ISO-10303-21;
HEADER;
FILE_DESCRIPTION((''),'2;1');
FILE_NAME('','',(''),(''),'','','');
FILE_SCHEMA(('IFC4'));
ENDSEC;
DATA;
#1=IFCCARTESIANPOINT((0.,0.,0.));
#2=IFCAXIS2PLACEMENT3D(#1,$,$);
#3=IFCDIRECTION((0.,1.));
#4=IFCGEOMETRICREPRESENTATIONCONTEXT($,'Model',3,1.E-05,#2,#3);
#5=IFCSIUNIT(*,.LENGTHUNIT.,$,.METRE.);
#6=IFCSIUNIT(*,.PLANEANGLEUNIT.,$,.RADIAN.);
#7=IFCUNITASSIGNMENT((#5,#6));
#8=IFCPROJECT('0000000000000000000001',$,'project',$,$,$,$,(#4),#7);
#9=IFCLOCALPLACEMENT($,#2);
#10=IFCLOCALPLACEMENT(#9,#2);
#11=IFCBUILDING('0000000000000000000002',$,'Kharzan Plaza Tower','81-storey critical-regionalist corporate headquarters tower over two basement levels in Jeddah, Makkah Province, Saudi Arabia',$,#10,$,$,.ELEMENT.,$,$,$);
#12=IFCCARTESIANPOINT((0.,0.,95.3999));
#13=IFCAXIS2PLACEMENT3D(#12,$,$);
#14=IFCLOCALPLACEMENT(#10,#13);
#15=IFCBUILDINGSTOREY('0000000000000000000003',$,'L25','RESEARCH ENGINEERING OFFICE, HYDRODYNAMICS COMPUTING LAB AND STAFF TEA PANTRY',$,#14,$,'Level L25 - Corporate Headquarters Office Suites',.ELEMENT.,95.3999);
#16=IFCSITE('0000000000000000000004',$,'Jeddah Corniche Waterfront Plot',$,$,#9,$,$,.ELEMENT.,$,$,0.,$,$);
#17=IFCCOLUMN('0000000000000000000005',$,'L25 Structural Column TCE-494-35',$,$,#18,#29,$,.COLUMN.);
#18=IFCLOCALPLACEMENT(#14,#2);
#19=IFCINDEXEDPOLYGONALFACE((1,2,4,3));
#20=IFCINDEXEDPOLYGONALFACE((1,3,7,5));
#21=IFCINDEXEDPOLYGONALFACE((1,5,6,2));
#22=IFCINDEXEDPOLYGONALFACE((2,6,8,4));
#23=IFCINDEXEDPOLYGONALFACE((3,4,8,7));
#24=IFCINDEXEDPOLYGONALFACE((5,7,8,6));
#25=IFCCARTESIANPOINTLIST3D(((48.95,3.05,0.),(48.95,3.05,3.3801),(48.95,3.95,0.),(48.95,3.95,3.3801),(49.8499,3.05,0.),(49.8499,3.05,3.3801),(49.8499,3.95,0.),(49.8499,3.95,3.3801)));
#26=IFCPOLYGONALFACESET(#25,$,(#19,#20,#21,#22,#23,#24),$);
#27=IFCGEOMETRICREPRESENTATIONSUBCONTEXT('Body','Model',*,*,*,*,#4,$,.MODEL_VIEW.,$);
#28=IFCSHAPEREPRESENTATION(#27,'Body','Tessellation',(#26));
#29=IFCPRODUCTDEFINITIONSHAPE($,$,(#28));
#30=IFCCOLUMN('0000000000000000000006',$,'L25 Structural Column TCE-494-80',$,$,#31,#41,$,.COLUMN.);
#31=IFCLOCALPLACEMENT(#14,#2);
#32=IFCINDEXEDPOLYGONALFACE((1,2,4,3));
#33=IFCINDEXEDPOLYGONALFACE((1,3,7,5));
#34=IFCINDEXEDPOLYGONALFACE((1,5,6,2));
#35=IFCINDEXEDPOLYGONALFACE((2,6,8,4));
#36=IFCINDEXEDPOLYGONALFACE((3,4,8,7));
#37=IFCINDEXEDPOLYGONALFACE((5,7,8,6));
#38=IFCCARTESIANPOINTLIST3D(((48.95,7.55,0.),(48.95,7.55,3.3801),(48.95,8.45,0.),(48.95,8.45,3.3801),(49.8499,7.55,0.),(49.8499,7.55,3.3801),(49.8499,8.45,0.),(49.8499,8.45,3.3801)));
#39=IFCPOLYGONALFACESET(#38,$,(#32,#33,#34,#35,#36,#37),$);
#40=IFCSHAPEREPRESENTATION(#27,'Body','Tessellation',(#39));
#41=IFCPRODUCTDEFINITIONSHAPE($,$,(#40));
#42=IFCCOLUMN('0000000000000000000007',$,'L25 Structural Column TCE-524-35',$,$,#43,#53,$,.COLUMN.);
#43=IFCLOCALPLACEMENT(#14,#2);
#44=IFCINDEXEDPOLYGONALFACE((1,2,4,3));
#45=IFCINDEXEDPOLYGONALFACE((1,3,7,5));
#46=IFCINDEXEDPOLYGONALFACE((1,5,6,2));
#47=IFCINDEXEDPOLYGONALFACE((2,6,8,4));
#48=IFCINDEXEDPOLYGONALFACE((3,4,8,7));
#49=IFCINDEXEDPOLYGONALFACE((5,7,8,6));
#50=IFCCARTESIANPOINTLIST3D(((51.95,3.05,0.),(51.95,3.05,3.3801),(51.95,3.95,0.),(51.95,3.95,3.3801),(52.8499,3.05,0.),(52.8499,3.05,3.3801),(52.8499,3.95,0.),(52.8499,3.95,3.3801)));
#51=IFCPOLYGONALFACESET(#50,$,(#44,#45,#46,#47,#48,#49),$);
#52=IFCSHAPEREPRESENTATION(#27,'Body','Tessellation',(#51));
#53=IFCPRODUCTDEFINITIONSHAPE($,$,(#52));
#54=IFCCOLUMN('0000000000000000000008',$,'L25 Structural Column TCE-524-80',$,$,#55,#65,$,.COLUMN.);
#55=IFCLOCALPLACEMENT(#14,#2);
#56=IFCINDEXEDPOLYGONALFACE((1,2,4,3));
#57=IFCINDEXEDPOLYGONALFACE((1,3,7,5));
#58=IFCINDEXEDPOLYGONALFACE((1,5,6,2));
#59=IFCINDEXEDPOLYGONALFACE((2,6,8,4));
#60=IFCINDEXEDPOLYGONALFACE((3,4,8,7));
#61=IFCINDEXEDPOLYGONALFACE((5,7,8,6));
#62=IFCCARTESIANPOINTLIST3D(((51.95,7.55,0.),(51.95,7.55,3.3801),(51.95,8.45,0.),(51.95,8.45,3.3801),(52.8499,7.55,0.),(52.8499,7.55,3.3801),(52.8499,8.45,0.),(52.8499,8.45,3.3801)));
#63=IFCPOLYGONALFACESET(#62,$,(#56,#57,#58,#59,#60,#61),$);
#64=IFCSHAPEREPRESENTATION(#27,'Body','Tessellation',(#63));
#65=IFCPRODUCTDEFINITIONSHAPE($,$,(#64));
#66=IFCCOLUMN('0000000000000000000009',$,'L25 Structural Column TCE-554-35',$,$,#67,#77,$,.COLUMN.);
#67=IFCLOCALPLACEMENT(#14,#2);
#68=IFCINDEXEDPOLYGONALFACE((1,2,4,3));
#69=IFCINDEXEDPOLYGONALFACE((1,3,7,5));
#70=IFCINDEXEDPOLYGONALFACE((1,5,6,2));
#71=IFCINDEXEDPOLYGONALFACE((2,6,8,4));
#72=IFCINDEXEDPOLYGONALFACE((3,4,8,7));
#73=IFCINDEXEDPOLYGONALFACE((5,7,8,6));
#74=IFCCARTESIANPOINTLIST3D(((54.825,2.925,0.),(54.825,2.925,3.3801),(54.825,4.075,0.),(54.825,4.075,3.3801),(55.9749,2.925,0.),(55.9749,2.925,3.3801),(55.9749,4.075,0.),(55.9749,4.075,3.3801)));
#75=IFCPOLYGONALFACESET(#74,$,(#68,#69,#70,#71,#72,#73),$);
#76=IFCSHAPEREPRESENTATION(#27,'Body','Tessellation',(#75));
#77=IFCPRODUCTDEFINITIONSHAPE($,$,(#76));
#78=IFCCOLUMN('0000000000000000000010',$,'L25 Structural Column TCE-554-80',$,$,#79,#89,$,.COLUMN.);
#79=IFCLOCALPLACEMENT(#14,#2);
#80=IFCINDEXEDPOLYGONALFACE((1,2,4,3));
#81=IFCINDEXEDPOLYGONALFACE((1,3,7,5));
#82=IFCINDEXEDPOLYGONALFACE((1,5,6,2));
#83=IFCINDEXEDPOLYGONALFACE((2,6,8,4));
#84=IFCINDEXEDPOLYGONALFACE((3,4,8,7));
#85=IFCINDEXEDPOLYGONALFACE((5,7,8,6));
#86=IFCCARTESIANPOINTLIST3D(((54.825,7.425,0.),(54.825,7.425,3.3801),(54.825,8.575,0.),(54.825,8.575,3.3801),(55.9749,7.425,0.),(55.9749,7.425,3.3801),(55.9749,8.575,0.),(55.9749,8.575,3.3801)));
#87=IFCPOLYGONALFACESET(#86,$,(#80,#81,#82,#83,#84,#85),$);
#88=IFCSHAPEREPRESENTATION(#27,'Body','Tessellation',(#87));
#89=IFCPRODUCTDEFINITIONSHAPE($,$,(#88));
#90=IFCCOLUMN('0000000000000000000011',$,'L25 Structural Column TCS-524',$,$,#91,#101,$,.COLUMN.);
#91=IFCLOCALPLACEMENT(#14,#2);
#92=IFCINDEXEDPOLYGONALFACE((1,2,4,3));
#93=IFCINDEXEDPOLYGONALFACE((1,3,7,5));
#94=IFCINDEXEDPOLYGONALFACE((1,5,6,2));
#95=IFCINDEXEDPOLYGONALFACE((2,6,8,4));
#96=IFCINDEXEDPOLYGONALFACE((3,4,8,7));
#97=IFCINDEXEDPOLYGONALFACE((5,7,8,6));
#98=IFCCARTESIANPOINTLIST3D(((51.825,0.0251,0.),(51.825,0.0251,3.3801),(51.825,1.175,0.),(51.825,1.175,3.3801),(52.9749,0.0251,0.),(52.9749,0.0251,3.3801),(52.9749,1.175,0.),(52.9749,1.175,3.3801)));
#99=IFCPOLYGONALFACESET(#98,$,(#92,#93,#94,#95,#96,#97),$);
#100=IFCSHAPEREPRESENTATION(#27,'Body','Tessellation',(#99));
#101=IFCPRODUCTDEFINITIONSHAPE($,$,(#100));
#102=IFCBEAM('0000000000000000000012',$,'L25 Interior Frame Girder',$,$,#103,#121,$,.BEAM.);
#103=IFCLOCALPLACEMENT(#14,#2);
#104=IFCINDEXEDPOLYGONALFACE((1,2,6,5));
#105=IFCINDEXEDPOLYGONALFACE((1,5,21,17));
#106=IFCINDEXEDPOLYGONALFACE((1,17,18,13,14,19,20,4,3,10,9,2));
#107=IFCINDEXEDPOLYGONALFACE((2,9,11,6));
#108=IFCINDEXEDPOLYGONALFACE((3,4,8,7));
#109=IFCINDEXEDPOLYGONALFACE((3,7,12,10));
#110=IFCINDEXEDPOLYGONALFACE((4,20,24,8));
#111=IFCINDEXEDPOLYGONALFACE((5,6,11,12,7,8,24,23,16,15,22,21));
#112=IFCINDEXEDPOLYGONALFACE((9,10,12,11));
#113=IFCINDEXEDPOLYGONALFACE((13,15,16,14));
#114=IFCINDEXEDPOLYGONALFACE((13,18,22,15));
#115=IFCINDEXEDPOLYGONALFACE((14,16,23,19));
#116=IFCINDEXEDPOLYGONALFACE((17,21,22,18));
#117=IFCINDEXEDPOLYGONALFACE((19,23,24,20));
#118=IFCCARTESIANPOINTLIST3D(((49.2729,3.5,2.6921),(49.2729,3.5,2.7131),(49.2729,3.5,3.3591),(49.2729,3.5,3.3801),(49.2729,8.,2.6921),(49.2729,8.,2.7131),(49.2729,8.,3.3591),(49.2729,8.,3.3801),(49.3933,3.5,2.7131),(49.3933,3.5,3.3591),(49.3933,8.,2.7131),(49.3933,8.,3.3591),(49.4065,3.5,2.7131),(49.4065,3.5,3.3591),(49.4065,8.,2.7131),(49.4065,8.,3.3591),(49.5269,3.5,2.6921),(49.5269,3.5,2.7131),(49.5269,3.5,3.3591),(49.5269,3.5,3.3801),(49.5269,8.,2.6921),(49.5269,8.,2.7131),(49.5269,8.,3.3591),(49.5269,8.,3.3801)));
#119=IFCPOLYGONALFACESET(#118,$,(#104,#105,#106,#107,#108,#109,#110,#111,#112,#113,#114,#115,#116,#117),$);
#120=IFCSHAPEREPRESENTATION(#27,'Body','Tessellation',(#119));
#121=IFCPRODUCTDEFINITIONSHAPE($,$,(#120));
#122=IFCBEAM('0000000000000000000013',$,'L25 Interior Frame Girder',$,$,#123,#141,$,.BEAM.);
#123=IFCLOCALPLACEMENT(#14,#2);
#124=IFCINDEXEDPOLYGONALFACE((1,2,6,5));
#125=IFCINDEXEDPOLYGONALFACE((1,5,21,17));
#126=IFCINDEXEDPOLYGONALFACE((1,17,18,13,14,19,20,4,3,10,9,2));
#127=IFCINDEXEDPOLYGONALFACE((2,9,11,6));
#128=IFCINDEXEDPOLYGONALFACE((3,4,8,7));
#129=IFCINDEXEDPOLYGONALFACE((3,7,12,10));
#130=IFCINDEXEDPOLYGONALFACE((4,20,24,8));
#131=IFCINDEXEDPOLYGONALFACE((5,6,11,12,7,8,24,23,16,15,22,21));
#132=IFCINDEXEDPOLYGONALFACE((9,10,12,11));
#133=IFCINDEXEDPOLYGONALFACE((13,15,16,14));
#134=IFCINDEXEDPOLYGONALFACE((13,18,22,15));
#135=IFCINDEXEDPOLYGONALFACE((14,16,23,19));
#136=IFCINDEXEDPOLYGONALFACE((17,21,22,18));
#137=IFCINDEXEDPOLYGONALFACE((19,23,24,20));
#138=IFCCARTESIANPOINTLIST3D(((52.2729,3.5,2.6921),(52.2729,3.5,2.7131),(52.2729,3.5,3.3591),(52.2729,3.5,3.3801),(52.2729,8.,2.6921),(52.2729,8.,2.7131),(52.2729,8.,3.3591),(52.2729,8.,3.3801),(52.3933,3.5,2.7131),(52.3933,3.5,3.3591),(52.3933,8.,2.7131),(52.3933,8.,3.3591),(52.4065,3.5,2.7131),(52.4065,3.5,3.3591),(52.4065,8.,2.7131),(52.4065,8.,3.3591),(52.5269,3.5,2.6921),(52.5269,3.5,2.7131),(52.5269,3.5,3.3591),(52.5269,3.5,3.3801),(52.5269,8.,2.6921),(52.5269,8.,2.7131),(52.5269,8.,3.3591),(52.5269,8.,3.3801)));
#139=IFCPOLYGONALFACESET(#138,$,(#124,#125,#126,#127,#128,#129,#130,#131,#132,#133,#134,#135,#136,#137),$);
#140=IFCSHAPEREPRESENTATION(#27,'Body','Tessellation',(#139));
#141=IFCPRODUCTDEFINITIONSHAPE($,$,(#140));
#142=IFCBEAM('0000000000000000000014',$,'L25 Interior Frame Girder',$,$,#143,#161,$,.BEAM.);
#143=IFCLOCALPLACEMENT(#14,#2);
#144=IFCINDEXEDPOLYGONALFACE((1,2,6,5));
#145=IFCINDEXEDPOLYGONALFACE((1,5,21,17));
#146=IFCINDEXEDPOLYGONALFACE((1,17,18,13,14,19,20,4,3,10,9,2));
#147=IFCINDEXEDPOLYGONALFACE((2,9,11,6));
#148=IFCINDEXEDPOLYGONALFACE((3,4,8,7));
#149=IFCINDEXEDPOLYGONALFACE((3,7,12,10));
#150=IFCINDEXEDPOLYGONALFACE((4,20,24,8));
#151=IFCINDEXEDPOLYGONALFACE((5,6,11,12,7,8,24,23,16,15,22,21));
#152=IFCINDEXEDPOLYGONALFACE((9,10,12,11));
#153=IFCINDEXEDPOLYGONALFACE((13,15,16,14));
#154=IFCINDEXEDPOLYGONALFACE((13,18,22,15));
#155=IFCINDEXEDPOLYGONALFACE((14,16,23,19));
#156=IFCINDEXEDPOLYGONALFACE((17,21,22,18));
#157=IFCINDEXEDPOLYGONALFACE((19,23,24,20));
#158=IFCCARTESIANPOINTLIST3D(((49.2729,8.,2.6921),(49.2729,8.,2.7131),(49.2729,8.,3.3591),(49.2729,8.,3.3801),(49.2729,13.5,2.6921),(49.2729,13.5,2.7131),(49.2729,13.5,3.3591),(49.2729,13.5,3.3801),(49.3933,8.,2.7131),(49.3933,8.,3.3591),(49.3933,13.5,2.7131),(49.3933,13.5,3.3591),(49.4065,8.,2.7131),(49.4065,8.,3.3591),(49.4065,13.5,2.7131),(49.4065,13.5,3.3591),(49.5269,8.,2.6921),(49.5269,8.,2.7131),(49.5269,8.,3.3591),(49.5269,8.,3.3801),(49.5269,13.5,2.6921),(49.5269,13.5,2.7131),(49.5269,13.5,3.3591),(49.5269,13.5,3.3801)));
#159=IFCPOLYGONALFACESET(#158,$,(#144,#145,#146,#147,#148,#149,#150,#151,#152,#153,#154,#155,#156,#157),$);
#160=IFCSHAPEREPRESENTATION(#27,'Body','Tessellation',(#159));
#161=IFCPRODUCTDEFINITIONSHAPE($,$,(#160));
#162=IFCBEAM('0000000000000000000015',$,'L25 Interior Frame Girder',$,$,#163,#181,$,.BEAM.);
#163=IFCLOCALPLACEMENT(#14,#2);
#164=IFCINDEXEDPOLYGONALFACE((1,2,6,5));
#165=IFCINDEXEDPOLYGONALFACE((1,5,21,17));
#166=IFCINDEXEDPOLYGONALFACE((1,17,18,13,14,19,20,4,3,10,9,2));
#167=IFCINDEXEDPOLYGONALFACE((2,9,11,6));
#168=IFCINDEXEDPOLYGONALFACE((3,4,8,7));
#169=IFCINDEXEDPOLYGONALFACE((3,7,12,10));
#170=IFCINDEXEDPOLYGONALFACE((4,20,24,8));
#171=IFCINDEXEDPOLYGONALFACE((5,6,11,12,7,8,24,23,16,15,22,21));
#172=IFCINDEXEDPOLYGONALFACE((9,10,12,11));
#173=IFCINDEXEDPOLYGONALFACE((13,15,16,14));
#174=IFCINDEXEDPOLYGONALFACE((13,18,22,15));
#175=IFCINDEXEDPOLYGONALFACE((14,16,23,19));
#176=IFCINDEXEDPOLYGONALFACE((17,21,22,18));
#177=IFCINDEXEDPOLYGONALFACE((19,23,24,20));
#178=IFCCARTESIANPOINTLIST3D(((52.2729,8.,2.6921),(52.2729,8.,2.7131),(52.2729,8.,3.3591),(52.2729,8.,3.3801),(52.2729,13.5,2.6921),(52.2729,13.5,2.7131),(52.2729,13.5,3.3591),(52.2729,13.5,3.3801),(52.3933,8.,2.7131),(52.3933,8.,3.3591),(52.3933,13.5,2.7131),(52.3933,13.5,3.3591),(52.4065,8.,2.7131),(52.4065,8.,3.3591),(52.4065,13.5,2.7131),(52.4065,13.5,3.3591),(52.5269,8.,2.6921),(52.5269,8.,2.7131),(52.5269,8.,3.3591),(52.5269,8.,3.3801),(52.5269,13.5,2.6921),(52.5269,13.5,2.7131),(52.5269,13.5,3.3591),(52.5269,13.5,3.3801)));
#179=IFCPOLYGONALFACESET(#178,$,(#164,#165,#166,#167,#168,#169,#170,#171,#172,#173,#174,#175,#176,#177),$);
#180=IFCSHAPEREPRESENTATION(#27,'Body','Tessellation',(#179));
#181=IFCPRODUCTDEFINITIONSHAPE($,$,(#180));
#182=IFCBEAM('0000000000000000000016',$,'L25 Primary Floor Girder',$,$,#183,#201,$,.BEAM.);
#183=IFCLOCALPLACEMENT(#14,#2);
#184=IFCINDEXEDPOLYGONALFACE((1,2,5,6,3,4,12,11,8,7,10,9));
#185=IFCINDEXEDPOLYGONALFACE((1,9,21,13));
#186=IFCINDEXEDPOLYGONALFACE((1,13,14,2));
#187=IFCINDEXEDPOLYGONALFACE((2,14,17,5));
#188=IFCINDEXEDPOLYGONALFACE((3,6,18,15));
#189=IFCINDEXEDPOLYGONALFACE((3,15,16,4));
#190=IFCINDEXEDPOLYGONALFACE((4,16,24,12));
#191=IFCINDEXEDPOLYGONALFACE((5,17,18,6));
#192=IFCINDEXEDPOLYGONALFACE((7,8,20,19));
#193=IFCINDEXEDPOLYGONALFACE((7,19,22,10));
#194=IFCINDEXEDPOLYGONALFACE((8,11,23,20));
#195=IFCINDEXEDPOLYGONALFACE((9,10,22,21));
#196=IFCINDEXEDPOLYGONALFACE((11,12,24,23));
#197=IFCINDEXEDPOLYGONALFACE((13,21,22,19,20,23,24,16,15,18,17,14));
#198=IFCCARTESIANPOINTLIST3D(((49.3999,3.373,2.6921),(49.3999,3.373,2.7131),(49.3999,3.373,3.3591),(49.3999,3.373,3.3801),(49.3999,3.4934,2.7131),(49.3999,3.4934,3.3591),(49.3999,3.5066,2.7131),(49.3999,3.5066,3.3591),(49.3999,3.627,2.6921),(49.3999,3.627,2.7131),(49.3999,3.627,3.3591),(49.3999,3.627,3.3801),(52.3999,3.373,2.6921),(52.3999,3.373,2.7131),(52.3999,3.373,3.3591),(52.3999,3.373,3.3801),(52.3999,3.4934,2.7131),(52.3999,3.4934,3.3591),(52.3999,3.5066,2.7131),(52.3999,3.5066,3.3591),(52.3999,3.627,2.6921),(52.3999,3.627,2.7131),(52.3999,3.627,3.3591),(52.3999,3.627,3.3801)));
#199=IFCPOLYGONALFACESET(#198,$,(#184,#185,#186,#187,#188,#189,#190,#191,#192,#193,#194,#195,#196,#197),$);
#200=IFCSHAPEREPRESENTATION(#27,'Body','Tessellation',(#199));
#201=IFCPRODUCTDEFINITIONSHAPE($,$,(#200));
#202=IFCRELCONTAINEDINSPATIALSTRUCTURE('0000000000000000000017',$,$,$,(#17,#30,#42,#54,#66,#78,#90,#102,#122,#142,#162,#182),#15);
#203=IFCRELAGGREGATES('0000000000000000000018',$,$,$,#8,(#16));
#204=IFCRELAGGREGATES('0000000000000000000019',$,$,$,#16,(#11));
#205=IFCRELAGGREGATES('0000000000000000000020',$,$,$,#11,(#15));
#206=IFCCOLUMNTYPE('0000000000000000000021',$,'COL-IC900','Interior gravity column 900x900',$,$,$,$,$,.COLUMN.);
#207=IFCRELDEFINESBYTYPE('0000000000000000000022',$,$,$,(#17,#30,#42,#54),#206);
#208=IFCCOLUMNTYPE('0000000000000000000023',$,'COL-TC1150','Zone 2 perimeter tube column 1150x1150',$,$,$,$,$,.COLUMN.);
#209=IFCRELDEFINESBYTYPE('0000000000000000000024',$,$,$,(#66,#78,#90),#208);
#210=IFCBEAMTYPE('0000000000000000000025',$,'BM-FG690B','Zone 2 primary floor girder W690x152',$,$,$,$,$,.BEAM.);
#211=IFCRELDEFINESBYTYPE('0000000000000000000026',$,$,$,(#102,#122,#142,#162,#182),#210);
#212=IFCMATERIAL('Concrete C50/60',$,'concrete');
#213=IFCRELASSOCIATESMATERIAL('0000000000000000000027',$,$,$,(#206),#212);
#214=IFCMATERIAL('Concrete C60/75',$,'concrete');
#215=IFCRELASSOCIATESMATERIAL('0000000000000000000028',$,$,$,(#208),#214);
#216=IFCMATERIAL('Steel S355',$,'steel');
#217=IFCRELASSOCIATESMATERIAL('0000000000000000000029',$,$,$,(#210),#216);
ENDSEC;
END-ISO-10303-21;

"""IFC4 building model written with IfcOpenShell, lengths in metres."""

from ifc_helpers import new_model, si_unit, direction, frame, origin, origin_2d, place, context, subcontext, project, spatial, rectangle, i_section, extrude, source, transform, mapped, material, material_profile, profile_set, type_object, element, save


model = new_model("IFC4")

# Units and contexts
model_context = context("Model", 3, precision=1e-05, world=origin(), true_north=direction((0.0, 1.0)))
body_context = subcontext(model_context, "Body", "Model", "MODEL_VIEW")
ifc_project = project(units=[si_unit("LENGTHUNIT", "METRE"), si_unit("PLANEANGLEUNIT", "RADIAN")], contexts=[model_context])

# Site, building, storey
site_placement = place(None, origin())
site = spatial("IfcSite", under=ifc_project, at=site_placement, Name="Jeddah Corniche Waterfront Plot", CompositionType="ELEMENT", RefElevation=0.0)
building_placement = place(site_placement, origin())
building = spatial("IfcBuilding", under=site, at=building_placement, Name="Kharzan Plaza Tower", Description="81-storey critical-regionalist corporate headquarters tower over two basement levels in Jeddah, Makkah Province, Saudi Arabia", CompositionType="ELEMENT")
storey_placement = place(building_placement, frame((0.0, 0.0, 95.3999)))
storey = spatial("IfcBuildingStorey", under=building, at=storey_placement, Name="L25", Description="RESEARCH ENGINEERING OFFICE, HYDRODYNAMICS COMPUTING LAB AND STAFF TEA PANTRY", LongName="Level L25 - Corporate Headquarters Office Suites", CompositionType="ELEMENT", Elevation=95.3999)

# Columns
ifc_material_1 = material(Name="Concrete C50/60", Category="concrete")
ifc_material_profile_1 = material_profile(ifc_material_1, rectangle(XDim=0.8999, YDim=0.8999, at=origin_2d()), Name="RC-IC900x900")
ifc_profile_set_1 = profile_set([ifc_material_profile_1], Name="Concrete C50/60")
column_type_1 = type_object("IfcColumnType", Name="COL-IC900", Description="Interior gravity column 900x900", PredefinedType="COLUMN", material=ifc_profile_set_1)
shared_shape_1 = source(origin(), body_context, "Body", "SweptSolid", [
    extrude(rectangle(XDim=0.8999, YDim=0.8999, at=origin_2d()), origin(), (0.0, 0.0, 1.0), 3.3801),
])
for number, where, z_axis, x_axis, name in (
    (1, (49.3999, 3.5, 0.0), (0.0, 0.0, 1.0), (1.0, 0.0, 0.0), "L25 Structural Column TCE-494-35"),
    (2, (49.3999, 8.0, 0.0), (0.0, 0.0, 1.0), (1.0, 0.0, 0.0), "L25 Structural Column TCE-494-80"),
    (3, (52.3999, 3.5, 0.0), (0.0, 0.0, 1.0), (1.0, 0.0, 0.0), "L25 Structural Column TCE-524-35"),
    (4, (52.3999, 8.0, 0.0), (0.0, 0.0, 1.0), (1.0, 0.0, 0.0), "L25 Structural Column TCE-524-80"),
):
    element("IfcColumn", number, at=place(storey_placement, frame(where, z_axis=z_axis, x_axis=x_axis)), inside=storey, type_object=column_type_1, Name=name, PredefinedType="COLUMN", context=body_context, shape_type="MappedRepresentation", body=[
        mapped(shared_shape_1, transform((0.0, 0.0, 0.0), x_axis=(1.0, 0.0, 0.0), y_axis=(0.0, 1.0, 0.0), z_axis=(0.0, 0.0, 1.0))),
    ])
ifc_material_2 = material(Name="Concrete C60/75", Category="concrete")
ifc_material_profile_2 = material_profile(ifc_material_2, rectangle(XDim=1.1499, YDim=1.1499, at=origin_2d()), Name="RC-TC1150x1150")
ifc_profile_set_2 = profile_set([ifc_material_profile_2], Name="Concrete C60/75")
column_type_2 = type_object("IfcColumnType", Name="COL-TC1150", Description="Zone 2 perimeter tube column 1150x1150", PredefinedType="COLUMN", material=ifc_profile_set_2)
shared_shape_2 = source(origin(), body_context, "Body", "SweptSolid", [
    extrude(rectangle(XDim=1.1499, YDim=1.1499, at=origin_2d()), origin(), (0.0, 0.0, 1.0), 3.3801),
])
for number, where, z_axis, x_axis, name in (
    (5, (55.3999, 3.5, 0.0), (0.0, 0.0, 1.0), (1.0, 0.0, 0.0), "L25 Structural Column TCE-554-35"),
    (6, (55.3999, 8.0, 0.0), (0.0, 0.0, 1.0), (1.0, 0.0, 0.0), "L25 Structural Column TCE-554-80"),
    (7, (52.3999, 0.6001, 0.0), (0.0, 0.0, 1.0), (1.0, 0.0, 0.0), "L25 Structural Column TCS-524"),
):
    element("IfcColumn", number, at=place(storey_placement, frame(where, z_axis=z_axis, x_axis=x_axis)), inside=storey, type_object=column_type_2, Name=name, PredefinedType="COLUMN", context=body_context, shape_type="MappedRepresentation", body=[
        mapped(shared_shape_2, transform((0.0, 0.0, 0.0), x_axis=(1.0, 0.0, 0.0), y_axis=(0.0, 1.0, 0.0), z_axis=(0.0, 0.0, 1.0))),
    ])

# Beams
ifc_material_3 = material(Name="Steel S355", Category="steel")
ifc_material_profile_3 = material_profile(ifc_material_3, i_section(OverallWidth=0.2539, OverallDepth=0.688, WebThickness=0.0132, FlangeThickness=0.021, at=origin_2d()), Name="W690x152")
ifc_profile_set_3 = profile_set([ifc_material_profile_3], Name="Steel S355")
beam_type_1 = type_object("IfcBeamType", Name="BM-FG690B", Description="Zone 2 primary floor girder W690x152", PredefinedType="BEAM", material=ifc_profile_set_3)
shared_shape_3 = source(origin(), body_context, "Body", "SweptSolid", [
    extrude(i_section(OverallWidth=0.2539, OverallDepth=0.688, WebThickness=0.0132, FlangeThickness=0.021, at=origin_2d()), origin(), (0.0, 0.0, 1.0), 4.5),
])
for number, where, z_axis, x_axis, name in (
    (8, (49.3999, 3.5, 3.0361), (0.0, 1.0, 0.0), (-1.0, 0.0, 0.0), "L25 Interior Frame Girder"),
    (9, (52.3999, 3.5, 3.0361), (0.0, 1.0, 0.0), (-1.0, 0.0, 0.0), "L25 Interior Frame Girder"),
):
    element("IfcBeam", number, at=place(storey_placement, frame(where, z_axis=z_axis, x_axis=x_axis)), inside=storey, type_object=beam_type_1, Name=name, PredefinedType="BEAM", context=body_context, shape_type="MappedRepresentation", body=[
        mapped(shared_shape_3, transform((0.0, 0.0, 0.0), x_axis=(1.0, 0.0, 0.0), y_axis=(0.0, 1.0, 0.0), z_axis=(0.0, 0.0, 1.0))),
    ])
shared_shape_4 = source(origin(), body_context, "Body", "SweptSolid", [
    extrude(i_section(OverallWidth=0.2539, OverallDepth=0.688, WebThickness=0.0132, FlangeThickness=0.021, at=origin_2d()), origin(), (0.0, 0.0, 1.0), 5.5),
])
for number, where, z_axis, x_axis, name in (
    (10, (49.3999, 8.0, 3.0361), (0.0, 1.0, 0.0), (-1.0, 0.0, 0.0), "L25 Interior Frame Girder"),
    (11, (52.3999, 8.0, 3.0361), (0.0, 1.0, 0.0), (-1.0, 0.0, 0.0), "L25 Interior Frame Girder"),
):
    element("IfcBeam", number, at=place(storey_placement, frame(where, z_axis=z_axis, x_axis=x_axis)), inside=storey, type_object=beam_type_1, Name=name, PredefinedType="BEAM", context=body_context, shape_type="MappedRepresentation", body=[
        mapped(shared_shape_4, transform((0.0, 0.0, 0.0), x_axis=(1.0, 0.0, 0.0), y_axis=(0.0, 1.0, 0.0), z_axis=(0.0, 0.0, 1.0))),
    ])
shared_shape_5 = source(origin(), body_context, "Body", "SweptSolid", [
    extrude(i_section(OverallWidth=0.2539, OverallDepth=0.688, WebThickness=0.0132, FlangeThickness=0.021, at=origin_2d()), origin(), (0.0, 0.0, 1.0), 3.0),
])
for number, where, z_axis, x_axis, name in (
    (12, (49.3999, 3.5, 3.0361), (1.0, 0.0, 0.0), (0.0, 1.0, 0.0), "L25 Primary Floor Girder"),
):
    element("IfcBeam", number, at=place(storey_placement, frame(where, z_axis=z_axis, x_axis=x_axis)), inside=storey, type_object=beam_type_1, Name=name, PredefinedType="BEAM", context=body_context, shape_type="MappedRepresentation", body=[
        mapped(shared_shape_5, transform((0.0, 0.0, 0.0), x_axis=(1.0, 0.0, 0.0), y_axis=(0.0, 1.0, 0.0), z_axis=(0.0, 0.0, 1.0))),
    ])

save(model, "model.ifc")
